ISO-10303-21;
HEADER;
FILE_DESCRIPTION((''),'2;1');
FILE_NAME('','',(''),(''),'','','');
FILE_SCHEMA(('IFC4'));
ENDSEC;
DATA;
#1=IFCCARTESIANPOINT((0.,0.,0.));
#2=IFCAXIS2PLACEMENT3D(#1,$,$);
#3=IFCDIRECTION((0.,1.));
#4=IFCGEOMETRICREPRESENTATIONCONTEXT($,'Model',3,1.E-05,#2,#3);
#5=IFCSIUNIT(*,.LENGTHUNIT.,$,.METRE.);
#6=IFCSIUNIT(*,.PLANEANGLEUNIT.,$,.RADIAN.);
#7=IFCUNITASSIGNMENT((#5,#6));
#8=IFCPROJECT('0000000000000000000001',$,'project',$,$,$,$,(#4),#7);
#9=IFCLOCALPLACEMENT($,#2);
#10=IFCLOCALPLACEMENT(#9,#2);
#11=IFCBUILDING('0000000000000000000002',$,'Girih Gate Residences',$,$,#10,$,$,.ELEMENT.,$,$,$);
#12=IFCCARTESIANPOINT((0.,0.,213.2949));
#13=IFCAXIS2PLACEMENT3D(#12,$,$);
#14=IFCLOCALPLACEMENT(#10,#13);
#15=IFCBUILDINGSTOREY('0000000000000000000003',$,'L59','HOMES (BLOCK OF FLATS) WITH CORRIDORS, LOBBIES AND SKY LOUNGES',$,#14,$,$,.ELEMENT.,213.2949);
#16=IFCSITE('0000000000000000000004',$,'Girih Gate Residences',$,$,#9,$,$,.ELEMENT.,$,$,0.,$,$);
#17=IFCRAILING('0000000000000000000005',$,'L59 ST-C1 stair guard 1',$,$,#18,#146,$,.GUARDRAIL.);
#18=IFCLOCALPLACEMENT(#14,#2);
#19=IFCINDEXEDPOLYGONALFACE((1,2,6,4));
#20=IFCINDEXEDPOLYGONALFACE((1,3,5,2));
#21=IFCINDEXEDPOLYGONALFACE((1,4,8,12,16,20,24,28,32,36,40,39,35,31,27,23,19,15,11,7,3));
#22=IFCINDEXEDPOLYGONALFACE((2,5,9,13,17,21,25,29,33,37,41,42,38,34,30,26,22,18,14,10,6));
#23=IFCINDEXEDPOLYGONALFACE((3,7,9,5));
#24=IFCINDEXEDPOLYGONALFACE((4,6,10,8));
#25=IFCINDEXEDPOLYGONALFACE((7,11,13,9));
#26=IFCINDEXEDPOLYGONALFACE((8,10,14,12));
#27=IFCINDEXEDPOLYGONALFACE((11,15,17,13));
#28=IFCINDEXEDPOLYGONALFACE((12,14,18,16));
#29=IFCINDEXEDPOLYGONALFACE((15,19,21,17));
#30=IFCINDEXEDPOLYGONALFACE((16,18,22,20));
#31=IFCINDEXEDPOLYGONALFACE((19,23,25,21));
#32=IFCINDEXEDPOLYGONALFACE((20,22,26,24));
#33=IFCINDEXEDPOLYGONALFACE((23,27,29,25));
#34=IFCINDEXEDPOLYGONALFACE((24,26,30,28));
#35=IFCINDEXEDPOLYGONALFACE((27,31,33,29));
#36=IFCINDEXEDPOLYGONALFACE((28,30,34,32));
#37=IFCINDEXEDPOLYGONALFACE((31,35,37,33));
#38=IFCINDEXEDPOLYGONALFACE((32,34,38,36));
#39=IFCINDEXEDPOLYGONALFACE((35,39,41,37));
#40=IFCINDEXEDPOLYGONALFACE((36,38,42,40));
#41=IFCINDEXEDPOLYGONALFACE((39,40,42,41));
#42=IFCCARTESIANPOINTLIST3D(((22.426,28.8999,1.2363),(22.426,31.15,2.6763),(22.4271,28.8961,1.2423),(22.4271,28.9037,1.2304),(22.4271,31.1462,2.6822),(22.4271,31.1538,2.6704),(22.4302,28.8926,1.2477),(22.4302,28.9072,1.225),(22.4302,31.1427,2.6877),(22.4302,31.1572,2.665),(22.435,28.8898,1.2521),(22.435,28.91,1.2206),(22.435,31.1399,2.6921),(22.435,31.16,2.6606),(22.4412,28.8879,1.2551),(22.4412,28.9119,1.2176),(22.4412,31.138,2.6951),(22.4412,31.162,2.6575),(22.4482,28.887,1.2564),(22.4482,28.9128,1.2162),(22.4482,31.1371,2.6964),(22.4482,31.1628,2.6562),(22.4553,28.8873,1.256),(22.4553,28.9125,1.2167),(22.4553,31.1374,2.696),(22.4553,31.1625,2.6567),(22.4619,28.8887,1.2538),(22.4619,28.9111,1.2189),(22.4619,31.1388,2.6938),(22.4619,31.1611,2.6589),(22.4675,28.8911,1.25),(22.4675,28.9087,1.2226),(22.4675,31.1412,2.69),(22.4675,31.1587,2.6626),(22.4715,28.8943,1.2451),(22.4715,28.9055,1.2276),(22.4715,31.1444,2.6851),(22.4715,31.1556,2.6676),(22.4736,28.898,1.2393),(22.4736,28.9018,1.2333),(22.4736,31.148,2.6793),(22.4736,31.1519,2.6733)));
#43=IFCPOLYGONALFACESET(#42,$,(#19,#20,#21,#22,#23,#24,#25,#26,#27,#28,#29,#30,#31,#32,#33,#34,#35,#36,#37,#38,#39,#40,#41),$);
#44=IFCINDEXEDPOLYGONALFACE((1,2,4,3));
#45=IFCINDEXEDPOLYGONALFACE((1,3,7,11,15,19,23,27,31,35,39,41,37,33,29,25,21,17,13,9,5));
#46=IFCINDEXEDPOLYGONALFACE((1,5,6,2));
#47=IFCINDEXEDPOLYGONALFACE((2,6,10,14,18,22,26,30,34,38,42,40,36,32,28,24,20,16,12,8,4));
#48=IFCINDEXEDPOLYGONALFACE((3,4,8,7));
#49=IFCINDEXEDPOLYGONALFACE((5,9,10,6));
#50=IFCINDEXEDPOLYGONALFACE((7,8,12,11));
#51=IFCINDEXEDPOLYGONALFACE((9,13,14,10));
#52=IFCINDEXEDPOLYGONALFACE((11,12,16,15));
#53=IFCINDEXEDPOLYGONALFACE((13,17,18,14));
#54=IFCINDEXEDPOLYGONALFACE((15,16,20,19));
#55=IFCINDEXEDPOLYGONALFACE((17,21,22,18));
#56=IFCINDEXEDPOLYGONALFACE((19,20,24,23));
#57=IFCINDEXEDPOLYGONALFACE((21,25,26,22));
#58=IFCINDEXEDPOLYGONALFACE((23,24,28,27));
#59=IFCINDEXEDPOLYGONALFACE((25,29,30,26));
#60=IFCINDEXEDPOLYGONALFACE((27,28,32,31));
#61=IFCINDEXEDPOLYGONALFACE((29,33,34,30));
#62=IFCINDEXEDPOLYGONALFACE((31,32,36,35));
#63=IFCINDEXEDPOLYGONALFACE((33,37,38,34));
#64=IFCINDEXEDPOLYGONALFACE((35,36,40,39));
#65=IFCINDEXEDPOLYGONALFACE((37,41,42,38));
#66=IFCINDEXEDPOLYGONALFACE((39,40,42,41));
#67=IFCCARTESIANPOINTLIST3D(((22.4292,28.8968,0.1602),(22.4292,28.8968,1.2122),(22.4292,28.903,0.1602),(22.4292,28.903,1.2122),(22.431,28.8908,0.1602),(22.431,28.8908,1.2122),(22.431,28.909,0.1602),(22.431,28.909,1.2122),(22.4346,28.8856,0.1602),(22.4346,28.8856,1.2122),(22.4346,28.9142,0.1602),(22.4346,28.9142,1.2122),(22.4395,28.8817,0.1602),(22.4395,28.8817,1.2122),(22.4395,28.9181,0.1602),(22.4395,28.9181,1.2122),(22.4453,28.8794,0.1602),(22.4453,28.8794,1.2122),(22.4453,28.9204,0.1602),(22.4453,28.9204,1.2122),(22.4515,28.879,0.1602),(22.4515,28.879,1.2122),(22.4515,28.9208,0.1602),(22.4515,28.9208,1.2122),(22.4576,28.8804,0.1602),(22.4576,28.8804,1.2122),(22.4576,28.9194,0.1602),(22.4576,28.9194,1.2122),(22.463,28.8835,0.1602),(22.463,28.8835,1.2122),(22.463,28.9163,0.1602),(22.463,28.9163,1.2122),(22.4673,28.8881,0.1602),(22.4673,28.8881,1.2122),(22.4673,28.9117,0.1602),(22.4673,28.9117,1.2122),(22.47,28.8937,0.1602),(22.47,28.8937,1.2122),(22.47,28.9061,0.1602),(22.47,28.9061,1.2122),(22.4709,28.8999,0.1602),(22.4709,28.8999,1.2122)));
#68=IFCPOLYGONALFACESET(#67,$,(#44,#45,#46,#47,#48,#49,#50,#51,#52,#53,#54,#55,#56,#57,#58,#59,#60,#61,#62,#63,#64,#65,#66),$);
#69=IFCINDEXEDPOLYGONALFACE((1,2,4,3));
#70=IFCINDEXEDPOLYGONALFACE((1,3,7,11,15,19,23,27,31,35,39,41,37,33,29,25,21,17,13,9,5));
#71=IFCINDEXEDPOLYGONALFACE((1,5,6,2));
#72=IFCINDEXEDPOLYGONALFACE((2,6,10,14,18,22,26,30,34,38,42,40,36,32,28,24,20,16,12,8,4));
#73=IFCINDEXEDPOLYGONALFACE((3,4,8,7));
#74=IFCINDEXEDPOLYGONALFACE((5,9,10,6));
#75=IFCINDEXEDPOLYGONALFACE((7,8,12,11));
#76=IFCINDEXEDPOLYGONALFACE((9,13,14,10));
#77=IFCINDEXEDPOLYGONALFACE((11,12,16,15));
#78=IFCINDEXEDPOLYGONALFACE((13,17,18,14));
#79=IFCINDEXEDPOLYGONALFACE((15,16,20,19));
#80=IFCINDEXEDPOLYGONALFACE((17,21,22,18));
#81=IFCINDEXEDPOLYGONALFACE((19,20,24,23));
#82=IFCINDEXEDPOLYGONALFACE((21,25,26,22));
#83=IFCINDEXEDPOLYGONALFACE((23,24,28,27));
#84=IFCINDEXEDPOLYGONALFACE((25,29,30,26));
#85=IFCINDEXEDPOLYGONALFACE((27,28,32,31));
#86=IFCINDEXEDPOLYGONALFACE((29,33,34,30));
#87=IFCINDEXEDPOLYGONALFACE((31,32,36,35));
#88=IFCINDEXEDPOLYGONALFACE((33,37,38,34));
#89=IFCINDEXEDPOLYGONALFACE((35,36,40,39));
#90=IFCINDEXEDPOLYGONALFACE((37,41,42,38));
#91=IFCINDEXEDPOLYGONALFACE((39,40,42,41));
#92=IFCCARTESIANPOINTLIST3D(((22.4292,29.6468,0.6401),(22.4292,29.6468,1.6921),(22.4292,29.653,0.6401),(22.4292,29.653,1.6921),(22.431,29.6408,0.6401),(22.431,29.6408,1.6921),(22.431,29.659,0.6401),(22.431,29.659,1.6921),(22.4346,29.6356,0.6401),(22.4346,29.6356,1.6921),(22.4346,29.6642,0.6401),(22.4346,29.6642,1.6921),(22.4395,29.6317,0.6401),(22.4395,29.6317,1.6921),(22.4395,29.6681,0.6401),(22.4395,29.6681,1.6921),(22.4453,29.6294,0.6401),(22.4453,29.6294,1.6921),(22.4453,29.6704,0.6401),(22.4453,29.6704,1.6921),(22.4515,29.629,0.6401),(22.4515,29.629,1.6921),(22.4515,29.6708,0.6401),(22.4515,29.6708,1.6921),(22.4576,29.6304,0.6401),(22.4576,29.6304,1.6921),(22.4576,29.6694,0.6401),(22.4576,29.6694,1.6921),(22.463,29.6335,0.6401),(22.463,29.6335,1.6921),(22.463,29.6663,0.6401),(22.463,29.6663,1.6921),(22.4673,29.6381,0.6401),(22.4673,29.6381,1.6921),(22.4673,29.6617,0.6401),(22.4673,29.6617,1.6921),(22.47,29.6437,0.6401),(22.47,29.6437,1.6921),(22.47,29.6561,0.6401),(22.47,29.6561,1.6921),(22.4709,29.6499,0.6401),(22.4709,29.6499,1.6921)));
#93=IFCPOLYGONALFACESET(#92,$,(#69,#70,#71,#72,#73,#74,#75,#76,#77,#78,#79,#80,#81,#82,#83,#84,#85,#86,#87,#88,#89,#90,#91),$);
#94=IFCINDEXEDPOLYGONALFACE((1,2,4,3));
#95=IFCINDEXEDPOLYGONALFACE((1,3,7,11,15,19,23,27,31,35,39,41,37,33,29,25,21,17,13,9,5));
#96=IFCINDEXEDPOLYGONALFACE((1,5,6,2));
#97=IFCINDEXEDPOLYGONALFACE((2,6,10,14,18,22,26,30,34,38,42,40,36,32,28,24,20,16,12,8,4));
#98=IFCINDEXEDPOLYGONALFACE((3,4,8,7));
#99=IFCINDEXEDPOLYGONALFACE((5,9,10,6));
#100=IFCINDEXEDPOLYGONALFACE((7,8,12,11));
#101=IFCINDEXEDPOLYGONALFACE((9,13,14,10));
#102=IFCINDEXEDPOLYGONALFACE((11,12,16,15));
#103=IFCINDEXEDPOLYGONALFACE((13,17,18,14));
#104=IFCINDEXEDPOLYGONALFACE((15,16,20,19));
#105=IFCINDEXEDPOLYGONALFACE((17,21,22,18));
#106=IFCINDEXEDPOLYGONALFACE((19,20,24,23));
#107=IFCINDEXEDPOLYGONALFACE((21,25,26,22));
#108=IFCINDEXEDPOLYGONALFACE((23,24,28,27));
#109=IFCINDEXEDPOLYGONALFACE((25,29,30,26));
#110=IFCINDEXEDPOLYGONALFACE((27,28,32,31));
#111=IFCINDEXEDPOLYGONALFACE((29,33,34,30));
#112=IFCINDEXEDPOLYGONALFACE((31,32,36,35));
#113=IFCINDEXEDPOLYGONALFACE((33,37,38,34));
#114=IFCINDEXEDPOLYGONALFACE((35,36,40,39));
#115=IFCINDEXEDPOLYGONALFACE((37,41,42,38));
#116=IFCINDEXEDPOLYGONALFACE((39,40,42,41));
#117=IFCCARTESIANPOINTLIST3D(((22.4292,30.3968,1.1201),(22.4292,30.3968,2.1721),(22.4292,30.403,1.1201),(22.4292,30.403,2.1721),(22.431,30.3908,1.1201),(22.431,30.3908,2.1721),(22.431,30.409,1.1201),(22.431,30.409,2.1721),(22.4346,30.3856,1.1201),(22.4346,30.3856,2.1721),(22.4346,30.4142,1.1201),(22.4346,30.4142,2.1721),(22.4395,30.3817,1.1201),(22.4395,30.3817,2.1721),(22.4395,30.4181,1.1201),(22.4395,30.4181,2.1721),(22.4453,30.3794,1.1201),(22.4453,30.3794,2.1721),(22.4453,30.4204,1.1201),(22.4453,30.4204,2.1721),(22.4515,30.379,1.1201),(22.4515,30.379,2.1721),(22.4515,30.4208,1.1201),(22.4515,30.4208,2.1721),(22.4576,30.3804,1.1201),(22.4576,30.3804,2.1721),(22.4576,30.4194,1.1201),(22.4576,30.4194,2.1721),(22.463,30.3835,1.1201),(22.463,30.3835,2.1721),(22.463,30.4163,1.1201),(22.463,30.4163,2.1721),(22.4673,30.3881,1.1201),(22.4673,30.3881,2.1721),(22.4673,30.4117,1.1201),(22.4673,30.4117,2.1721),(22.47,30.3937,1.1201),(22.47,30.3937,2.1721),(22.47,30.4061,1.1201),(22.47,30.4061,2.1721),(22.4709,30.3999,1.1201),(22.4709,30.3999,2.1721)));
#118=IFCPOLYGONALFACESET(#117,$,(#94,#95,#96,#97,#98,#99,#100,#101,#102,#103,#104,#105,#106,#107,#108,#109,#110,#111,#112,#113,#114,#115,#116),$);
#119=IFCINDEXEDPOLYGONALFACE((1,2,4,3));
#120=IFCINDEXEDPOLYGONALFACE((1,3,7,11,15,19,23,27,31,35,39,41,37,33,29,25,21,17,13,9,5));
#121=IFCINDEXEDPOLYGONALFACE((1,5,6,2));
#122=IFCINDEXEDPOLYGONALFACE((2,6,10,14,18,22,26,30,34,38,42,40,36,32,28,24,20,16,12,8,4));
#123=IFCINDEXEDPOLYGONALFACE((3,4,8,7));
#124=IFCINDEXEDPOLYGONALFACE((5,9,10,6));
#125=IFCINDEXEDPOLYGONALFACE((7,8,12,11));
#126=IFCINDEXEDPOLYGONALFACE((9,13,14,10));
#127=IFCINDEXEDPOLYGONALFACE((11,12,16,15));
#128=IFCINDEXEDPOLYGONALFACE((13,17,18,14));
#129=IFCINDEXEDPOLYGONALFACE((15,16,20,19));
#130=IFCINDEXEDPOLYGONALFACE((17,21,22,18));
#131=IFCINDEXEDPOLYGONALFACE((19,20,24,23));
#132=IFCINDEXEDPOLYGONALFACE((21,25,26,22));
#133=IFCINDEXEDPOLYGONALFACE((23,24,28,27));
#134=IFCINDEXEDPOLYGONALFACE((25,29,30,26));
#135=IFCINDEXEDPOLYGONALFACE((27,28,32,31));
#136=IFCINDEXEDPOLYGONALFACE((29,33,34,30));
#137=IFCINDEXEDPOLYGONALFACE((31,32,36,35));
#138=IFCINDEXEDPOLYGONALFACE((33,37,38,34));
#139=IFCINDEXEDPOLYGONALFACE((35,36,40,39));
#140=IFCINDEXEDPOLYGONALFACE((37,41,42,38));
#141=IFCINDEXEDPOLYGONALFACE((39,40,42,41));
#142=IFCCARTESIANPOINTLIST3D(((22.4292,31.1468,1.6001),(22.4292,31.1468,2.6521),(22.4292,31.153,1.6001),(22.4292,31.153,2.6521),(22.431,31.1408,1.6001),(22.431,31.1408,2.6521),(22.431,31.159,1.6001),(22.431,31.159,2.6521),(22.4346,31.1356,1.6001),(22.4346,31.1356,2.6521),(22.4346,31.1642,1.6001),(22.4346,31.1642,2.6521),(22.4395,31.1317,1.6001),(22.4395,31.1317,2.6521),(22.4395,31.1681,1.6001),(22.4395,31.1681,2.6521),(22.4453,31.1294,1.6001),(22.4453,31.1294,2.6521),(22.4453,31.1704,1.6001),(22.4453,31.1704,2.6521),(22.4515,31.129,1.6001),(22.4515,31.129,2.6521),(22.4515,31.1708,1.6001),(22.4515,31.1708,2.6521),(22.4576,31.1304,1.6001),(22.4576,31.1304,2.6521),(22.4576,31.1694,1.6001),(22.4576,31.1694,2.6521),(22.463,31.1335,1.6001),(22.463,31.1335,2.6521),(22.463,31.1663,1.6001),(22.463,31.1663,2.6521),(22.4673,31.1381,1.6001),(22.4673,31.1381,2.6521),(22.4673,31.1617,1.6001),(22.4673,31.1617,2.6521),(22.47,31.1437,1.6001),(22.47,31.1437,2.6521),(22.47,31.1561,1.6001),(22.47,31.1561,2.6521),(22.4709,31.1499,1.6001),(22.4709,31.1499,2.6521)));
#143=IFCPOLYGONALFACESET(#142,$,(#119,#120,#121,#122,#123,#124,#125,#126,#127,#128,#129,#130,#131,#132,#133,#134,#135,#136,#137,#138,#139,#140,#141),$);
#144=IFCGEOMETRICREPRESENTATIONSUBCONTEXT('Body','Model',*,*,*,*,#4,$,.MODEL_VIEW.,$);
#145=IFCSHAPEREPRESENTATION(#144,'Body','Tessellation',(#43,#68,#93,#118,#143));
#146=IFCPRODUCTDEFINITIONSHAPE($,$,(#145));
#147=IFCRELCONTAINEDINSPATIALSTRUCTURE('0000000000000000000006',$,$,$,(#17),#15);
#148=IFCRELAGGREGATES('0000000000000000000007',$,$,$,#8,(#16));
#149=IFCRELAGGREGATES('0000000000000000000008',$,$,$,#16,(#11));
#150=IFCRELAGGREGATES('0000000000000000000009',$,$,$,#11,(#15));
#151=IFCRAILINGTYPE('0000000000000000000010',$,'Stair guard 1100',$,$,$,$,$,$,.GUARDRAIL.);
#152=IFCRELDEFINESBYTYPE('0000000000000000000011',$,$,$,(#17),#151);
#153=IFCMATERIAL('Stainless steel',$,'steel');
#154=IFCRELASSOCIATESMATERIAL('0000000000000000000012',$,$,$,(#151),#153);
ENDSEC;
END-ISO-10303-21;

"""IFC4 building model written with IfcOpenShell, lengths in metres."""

from ifc_helpers import new_model, si_unit, direction, frame, origin, origin_2d, place, context, subcontext, project, spatial, circle, extrude, material, type_object, element, save


model = new_model("IFC4")

# Units and contexts
model_context = context("Model", 3, precision=1e-05, world=origin(), true_north=direction((0.0, 1.0)))
body_context = subcontext(model_context, "Body", "Model", "MODEL_VIEW")
ifc_project = project(units=[si_unit("LENGTHUNIT", "METRE"), si_unit("PLANEANGLEUNIT", "RADIAN")], contexts=[model_context])

# Site, building, storey
site_placement = place(None, origin())
site = spatial("IfcSite", under=ifc_project, at=site_placement, Name="Girih Gate Residences", CompositionType="ELEMENT", RefElevation=0.0)
building_placement = place(site_placement, origin())
building = spatial("IfcBuilding", under=site, at=building_placement, Name="Girih Gate Residences", CompositionType="ELEMENT")
storey_placement = place(building_placement, frame((0.0, 0.0, 213.2949)))
storey = spatial("IfcBuildingStorey", under=building, at=storey_placement, Name="L59", Description="HOMES (BLOCK OF FLATS) WITH CORRIDORS, LOBBIES AND SKY LOUNGES", CompositionType="ELEMENT", Elevation=213.2949)

# Railing
ifc_material_1 = material(Name="Stainless steel", Category="steel")
railing_type_1 = type_object("IfcRailingType", Name="Stair guard 1100", PredefinedType="GUARDRAIL", material=ifc_material_1)
railing_1_placement = place(storey_placement, frame((22.45, 28.8999, 0.1602)))
element("IfcRailing", 1, at=railing_1_placement, inside=storey, type_object=railing_type_1, Name="L59 ST-C1 stair guard 1", PredefinedType="GUARDRAIL", context=body_context, shape_type="SweptSolid", body=[
    extrude(circle(Radius=0.0239, at=origin_2d()), frame((0.0, 0.0, 1.0762), z_axis=(0.0, 0.842281, 0.539038), x_axis=(-1.0, 0.0, 0.0)), (0.0, 0.0, 1.0), 2.6714),
    extrude(circle(Radius=0.021, at=origin_2d()), origin(), (0.0, 0.0, 1.0), 1.052),
    extrude(circle(Radius=0.021, at=origin_2d()), frame((0.0, 0.75, 0.48)), (0.0, 0.0, 1.0), 1.052),
    extrude(circle(Radius=0.021, at=origin_2d()), frame((0.0, 1.5, 0.96)), (0.0, 0.0, 1.0), 1.052),
    extrude(circle(Radius=0.021, at=origin_2d()), frame((0.0, 2.25, 1.4399)), (0.0, 0.0, 1.0), 1.052),
])

save(model, "model.ifc")
